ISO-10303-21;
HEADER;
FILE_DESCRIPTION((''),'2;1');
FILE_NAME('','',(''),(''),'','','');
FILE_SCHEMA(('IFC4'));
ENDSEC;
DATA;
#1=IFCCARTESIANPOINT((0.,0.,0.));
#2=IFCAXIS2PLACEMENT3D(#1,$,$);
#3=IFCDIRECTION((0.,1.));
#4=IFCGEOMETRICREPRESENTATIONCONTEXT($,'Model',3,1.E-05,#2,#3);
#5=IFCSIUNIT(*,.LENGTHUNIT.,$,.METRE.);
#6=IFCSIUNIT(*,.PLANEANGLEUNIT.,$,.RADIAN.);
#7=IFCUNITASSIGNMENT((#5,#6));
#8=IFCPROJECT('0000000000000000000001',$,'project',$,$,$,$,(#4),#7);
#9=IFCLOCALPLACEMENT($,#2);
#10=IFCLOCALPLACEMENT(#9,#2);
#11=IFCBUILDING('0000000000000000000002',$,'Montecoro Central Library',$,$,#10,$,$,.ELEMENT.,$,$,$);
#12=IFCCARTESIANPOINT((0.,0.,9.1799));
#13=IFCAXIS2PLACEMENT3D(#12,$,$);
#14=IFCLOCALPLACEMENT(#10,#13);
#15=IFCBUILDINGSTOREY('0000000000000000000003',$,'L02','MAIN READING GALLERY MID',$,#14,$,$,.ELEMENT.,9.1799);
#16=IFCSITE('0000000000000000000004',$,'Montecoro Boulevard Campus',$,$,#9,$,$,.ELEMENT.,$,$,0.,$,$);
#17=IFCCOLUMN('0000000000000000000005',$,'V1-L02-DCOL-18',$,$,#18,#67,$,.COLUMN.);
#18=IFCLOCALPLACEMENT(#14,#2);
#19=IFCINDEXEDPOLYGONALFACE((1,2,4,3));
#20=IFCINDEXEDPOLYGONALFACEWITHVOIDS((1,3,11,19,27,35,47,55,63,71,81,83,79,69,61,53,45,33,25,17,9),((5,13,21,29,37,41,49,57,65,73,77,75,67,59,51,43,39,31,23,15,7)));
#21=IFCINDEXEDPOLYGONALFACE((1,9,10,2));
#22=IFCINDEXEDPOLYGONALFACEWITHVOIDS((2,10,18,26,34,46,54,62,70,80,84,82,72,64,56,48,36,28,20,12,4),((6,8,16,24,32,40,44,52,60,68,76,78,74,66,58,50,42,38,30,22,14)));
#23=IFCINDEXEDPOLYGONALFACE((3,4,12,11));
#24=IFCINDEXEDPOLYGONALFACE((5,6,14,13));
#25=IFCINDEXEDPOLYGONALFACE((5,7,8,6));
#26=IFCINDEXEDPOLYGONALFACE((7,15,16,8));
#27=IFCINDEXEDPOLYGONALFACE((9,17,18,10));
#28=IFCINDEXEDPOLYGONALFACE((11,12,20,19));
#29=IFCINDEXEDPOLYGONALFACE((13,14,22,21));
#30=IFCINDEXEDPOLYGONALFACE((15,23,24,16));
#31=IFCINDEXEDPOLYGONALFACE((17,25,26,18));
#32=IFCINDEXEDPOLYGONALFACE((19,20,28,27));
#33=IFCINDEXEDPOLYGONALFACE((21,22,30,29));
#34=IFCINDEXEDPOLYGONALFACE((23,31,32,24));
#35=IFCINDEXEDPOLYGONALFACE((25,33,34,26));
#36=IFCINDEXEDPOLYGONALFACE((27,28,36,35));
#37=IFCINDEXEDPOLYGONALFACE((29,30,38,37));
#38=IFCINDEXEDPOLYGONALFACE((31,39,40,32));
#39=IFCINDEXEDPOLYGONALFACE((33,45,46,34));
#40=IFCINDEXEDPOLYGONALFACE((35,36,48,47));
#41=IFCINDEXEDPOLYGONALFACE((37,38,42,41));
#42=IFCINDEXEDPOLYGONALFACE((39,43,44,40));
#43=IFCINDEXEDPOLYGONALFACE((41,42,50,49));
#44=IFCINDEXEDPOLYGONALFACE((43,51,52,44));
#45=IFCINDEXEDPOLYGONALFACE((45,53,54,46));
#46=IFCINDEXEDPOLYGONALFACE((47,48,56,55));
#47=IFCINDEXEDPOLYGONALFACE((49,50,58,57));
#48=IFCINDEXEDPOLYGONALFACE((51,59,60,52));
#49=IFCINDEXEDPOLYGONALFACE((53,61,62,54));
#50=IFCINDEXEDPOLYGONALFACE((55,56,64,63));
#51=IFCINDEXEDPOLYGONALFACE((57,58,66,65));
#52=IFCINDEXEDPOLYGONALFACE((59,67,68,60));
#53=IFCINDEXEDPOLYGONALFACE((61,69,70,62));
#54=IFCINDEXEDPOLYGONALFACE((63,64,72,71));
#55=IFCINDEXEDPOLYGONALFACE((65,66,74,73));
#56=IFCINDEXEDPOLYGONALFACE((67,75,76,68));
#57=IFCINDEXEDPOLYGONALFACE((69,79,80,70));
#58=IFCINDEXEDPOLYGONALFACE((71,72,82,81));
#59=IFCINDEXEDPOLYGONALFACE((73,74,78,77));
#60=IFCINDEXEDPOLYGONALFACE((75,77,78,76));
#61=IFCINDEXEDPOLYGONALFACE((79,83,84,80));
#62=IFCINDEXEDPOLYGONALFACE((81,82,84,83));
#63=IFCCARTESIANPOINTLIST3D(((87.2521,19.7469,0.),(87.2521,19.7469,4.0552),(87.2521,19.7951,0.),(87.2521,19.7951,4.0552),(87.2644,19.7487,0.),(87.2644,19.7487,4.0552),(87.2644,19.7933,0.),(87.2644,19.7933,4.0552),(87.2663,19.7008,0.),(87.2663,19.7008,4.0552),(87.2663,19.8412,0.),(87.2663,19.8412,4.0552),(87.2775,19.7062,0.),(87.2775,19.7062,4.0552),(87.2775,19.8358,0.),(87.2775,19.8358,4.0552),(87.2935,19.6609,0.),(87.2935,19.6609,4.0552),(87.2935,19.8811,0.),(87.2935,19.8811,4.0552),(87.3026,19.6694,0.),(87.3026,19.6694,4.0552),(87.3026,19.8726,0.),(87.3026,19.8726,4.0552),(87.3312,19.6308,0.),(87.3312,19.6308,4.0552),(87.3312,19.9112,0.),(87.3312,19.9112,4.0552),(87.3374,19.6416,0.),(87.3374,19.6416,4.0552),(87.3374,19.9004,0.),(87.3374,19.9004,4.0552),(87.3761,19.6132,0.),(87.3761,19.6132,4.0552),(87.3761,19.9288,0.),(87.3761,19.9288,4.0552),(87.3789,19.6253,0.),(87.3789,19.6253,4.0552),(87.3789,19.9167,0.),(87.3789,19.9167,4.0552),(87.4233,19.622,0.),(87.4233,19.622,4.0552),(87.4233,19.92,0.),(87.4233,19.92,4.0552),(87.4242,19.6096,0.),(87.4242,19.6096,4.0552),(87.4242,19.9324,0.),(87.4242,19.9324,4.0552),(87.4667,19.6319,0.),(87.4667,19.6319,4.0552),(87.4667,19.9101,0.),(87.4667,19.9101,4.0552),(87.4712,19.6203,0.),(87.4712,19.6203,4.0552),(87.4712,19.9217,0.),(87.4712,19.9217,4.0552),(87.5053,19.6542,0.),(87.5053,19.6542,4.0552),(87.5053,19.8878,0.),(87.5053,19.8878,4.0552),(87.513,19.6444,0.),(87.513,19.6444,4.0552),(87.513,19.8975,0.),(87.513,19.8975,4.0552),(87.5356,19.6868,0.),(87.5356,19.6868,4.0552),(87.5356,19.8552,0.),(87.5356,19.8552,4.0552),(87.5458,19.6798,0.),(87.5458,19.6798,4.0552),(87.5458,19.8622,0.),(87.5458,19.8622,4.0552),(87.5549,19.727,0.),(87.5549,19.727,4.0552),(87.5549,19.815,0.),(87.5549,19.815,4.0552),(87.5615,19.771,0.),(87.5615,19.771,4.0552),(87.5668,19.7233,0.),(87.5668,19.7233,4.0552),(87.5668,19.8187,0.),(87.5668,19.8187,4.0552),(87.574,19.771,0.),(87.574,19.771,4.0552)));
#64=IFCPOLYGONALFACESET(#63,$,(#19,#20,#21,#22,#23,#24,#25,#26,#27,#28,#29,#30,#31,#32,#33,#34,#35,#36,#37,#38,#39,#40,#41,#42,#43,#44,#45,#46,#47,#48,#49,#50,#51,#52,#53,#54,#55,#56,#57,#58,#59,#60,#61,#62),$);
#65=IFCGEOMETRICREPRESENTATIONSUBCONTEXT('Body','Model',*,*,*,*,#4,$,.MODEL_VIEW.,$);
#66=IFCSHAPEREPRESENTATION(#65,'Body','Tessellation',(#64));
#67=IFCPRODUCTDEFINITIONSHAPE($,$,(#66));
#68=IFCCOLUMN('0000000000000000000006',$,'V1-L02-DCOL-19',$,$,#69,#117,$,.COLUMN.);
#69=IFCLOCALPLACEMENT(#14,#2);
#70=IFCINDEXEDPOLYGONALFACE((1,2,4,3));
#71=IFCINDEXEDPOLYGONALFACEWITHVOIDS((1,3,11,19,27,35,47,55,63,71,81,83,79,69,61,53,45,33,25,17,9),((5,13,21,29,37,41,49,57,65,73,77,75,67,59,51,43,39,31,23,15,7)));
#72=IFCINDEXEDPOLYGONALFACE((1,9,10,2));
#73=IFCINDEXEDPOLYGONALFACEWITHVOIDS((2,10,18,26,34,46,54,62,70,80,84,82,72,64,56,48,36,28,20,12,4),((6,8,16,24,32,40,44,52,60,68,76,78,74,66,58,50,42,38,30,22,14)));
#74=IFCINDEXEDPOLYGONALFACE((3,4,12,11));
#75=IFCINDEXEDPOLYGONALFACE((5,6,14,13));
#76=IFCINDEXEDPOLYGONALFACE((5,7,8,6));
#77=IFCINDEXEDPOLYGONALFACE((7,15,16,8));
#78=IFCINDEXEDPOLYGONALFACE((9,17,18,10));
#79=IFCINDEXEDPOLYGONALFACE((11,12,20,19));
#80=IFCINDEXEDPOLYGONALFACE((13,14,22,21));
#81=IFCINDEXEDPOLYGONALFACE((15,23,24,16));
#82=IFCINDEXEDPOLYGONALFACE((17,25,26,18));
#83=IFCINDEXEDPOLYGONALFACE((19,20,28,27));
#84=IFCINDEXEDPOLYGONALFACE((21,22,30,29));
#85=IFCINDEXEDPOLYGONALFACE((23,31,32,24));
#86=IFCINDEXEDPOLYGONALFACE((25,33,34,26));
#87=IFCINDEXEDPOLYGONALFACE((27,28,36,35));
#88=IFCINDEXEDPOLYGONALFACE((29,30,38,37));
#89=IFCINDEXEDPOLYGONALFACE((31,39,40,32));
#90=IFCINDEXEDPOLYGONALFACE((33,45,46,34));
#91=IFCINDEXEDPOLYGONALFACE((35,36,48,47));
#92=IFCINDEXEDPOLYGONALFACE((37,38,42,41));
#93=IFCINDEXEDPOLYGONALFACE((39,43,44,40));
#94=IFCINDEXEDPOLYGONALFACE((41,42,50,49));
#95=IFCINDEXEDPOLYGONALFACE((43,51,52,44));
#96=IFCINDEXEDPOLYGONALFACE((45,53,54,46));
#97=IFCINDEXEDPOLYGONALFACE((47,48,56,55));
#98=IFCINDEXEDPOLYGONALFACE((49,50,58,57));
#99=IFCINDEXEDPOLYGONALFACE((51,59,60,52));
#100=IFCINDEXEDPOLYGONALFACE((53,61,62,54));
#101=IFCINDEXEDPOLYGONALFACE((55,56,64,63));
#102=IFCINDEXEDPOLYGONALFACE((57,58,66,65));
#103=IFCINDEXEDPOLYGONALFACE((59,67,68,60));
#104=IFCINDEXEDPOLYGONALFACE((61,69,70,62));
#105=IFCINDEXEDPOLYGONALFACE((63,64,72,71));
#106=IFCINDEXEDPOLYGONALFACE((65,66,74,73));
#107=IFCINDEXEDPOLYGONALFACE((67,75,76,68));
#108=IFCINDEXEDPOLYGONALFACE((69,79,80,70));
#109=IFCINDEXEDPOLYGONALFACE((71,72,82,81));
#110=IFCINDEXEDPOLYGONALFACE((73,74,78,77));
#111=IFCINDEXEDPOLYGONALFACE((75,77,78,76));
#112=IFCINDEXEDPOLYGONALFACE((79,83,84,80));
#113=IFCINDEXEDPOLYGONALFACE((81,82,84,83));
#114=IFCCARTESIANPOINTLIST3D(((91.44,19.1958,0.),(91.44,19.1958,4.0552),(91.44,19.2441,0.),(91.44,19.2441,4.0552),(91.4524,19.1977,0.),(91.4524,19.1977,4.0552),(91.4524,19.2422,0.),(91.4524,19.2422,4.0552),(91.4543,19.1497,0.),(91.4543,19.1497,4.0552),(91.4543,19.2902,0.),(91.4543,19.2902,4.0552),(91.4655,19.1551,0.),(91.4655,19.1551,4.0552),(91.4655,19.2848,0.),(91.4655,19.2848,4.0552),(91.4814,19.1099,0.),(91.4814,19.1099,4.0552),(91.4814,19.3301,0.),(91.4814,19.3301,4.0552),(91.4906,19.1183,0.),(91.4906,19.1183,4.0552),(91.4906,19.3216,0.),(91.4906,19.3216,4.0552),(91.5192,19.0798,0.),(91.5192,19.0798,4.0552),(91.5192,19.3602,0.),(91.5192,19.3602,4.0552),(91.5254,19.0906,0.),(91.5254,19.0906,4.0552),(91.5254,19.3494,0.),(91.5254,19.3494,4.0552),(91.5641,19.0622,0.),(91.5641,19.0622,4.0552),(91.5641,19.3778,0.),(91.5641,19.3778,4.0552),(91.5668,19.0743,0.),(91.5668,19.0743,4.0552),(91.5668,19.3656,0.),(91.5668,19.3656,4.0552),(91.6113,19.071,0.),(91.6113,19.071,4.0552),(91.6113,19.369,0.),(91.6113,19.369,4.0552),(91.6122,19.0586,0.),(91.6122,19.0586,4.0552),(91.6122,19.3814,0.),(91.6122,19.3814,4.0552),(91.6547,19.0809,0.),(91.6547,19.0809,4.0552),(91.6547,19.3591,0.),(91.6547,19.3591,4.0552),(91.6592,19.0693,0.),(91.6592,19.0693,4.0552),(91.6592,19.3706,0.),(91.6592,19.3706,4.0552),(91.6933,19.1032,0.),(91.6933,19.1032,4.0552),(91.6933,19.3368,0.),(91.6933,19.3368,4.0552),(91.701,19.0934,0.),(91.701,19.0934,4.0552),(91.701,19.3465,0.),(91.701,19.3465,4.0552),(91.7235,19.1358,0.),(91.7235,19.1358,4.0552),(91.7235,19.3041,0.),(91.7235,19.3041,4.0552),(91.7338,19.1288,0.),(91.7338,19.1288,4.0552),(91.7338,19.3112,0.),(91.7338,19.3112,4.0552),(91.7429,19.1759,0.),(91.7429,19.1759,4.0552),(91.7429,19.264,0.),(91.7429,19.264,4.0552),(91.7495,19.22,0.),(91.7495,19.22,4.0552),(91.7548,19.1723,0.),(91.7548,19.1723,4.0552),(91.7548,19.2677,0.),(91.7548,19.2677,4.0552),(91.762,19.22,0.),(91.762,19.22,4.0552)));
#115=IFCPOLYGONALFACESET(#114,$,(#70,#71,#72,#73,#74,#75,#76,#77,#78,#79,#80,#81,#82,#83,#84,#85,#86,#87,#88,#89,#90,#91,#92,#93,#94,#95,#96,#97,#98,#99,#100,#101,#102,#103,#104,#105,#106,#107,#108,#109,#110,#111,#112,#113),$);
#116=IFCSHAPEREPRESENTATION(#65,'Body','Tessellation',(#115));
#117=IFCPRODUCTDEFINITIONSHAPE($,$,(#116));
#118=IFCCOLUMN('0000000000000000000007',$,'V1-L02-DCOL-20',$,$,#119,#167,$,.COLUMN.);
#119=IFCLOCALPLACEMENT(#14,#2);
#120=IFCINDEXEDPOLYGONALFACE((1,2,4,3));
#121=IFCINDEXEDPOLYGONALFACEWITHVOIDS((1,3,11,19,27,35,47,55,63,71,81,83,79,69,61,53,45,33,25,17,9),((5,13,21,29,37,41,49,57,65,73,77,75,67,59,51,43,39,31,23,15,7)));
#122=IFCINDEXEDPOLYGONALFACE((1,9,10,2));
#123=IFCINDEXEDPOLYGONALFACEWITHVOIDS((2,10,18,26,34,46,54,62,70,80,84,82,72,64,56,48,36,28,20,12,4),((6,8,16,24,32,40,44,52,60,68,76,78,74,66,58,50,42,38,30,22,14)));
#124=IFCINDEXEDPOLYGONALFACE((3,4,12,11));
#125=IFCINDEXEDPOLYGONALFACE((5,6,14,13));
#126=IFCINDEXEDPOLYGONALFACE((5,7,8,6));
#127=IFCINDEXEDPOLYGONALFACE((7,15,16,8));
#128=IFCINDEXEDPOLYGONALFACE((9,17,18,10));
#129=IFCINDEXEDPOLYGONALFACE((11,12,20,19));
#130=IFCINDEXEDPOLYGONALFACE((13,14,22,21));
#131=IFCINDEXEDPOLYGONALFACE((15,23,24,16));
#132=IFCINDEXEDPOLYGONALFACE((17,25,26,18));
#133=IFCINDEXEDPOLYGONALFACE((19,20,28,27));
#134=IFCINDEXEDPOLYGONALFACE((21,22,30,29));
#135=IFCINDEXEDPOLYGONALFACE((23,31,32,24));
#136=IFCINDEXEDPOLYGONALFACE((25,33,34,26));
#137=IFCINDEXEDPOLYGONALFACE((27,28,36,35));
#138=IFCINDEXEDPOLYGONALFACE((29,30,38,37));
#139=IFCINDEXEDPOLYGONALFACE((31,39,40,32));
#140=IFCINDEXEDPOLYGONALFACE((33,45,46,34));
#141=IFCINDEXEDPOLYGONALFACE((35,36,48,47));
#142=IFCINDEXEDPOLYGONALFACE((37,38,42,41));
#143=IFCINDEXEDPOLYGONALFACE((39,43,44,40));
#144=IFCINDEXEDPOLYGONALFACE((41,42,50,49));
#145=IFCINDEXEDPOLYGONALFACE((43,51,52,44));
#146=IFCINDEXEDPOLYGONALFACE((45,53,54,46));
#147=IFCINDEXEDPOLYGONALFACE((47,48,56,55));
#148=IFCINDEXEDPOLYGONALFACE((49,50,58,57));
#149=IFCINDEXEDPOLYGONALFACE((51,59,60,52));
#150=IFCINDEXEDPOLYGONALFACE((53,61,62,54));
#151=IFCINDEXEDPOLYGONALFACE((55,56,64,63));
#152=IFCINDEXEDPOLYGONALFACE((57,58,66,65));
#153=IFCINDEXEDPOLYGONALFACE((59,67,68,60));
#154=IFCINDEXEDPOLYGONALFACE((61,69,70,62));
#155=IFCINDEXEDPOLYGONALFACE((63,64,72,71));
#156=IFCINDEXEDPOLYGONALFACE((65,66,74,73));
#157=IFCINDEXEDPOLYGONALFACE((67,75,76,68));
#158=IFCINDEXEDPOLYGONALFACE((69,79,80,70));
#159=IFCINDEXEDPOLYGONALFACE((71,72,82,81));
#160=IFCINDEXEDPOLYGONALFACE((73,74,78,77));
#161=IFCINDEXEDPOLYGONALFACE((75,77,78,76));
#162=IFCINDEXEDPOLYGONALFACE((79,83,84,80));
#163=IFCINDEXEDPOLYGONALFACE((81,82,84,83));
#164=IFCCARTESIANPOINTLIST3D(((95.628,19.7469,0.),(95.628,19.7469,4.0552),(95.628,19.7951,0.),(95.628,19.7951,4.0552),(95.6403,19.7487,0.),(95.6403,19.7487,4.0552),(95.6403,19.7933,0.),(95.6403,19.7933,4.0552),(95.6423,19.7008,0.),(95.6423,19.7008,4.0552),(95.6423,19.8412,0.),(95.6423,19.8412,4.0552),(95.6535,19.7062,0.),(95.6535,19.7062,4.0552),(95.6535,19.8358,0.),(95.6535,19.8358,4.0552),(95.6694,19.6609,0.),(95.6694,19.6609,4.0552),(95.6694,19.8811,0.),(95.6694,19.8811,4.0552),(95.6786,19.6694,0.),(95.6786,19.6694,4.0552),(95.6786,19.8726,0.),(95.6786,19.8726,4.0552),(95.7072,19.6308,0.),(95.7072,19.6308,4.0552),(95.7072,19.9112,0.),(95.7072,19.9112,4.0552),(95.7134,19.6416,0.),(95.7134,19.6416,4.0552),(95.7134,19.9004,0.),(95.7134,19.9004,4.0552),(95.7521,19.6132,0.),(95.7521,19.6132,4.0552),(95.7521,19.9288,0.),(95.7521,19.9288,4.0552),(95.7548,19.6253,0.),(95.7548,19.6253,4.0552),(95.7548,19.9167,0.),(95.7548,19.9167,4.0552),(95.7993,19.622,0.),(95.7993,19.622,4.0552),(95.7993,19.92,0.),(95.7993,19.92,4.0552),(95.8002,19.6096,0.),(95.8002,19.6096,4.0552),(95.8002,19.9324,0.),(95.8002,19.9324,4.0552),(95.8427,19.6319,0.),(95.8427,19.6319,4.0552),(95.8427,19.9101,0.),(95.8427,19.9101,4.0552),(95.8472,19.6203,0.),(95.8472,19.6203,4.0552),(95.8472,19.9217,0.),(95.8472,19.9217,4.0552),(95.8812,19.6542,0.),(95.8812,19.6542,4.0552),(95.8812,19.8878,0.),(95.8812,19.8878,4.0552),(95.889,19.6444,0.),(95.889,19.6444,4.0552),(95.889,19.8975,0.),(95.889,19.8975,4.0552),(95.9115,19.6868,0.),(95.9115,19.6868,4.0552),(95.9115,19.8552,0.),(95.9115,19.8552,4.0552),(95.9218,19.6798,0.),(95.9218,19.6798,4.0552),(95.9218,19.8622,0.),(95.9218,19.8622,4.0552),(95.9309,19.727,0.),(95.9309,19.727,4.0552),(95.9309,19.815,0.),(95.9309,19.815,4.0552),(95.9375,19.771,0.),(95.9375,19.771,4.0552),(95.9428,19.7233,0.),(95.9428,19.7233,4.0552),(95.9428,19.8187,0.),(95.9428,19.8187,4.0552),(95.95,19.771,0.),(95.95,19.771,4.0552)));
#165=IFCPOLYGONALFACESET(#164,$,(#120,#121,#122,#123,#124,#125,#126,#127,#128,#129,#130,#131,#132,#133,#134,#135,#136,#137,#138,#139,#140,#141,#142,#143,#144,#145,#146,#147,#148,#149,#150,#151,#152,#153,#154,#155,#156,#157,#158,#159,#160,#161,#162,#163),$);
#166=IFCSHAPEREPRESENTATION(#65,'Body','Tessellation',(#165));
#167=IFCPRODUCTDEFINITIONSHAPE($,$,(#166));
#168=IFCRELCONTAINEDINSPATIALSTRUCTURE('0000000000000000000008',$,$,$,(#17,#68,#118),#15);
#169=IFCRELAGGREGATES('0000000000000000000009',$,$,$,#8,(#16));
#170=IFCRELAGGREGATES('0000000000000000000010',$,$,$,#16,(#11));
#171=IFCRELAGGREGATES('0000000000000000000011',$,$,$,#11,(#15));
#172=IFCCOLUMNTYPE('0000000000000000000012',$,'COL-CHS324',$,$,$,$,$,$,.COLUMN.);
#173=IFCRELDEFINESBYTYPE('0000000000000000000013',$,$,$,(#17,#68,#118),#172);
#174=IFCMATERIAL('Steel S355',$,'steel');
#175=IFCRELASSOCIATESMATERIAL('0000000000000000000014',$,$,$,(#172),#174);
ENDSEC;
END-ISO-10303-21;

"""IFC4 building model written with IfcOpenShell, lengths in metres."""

from ifc_helpers import new_model, si_unit, direction, frame, origin, origin_2d, place, context, subcontext, project, spatial, hollow_circle, extrude, material, material_profile, profile_set, type_object, element, save


model = new_model("IFC4")

# Units and contexts
model_context = context("Model", 3, precision=1e-05, world=origin(), true_north=direction((0.0, 1.0)))
body_context = subcontext(model_context, "Body", "Model", "MODEL_VIEW")
ifc_project = project(units=[si_unit("LENGTHUNIT", "METRE"), si_unit("PLANEANGLEUNIT", "RADIAN")], contexts=[model_context])

# Site, building, storey
site_placement = place(None, origin())
site = spatial("IfcSite", under=ifc_project, at=site_placement, Name="Montecoro Boulevard Campus", CompositionType="ELEMENT", RefElevation=0.0)
building_placement = place(site_placement, origin())
building = spatial("IfcBuilding", under=site, at=building_placement, Name="Montecoro Central Library", CompositionType="ELEMENT")
storey_placement = place(building_placement, frame((0.0, 0.0, 9.1799)))
storey = spatial("IfcBuildingStorey", under=building, at=storey_placement, Name="L02", Description="MAIN READING GALLERY MID", CompositionType="ELEMENT", Elevation=9.1799)

# Columns
ifc_material_1 = material(Name="Steel S355", Category="steel")
ifc_material_profile_1 = material_profile(ifc_material_1, hollow_circle(Radius=0.1619, WallThickness=0.0125, at=origin_2d()), Name="CHS 323.9x12.5")
ifc_profile_set_1 = profile_set([ifc_material_profile_1], Name="Steel S355")
column_type = type_object("IfcColumnType", Name="COL-CHS324", PredefinedType="COLUMN", material=ifc_profile_set_1)
for number, where, z_axis, x_axis, name in (
    (1, (87.4121, 19.771, 0.0), (0.0, 0.0, 1.0), (1.0, 0.0, 0.0), "V1-L02-DCOL-18"),
    (2, (91.6001, 19.22, 0.0), (0.0, 0.0, 1.0), (1.0, 0.0, 0.0), "V1-L02-DCOL-19"),
    (3, (95.7881, 19.771, 0.0), (0.0, 0.0, 1.0), (1.0, 0.0, 0.0), "V1-L02-DCOL-20"),
):
    element("IfcColumn", number, at=place(storey_placement, frame(where, z_axis=z_axis, x_axis=x_axis)), inside=storey, type_object=column_type, Name=name, PredefinedType="COLUMN", context=body_context, shape_type="SweptSolid", body=[
        extrude(hollow_circle(Radius=0.1619, WallThickness=0.0125, at=origin_2d()), origin(), (0.0, 0.0, 1.0), 4.0552),
    ])

save(model, "model.ifc")
